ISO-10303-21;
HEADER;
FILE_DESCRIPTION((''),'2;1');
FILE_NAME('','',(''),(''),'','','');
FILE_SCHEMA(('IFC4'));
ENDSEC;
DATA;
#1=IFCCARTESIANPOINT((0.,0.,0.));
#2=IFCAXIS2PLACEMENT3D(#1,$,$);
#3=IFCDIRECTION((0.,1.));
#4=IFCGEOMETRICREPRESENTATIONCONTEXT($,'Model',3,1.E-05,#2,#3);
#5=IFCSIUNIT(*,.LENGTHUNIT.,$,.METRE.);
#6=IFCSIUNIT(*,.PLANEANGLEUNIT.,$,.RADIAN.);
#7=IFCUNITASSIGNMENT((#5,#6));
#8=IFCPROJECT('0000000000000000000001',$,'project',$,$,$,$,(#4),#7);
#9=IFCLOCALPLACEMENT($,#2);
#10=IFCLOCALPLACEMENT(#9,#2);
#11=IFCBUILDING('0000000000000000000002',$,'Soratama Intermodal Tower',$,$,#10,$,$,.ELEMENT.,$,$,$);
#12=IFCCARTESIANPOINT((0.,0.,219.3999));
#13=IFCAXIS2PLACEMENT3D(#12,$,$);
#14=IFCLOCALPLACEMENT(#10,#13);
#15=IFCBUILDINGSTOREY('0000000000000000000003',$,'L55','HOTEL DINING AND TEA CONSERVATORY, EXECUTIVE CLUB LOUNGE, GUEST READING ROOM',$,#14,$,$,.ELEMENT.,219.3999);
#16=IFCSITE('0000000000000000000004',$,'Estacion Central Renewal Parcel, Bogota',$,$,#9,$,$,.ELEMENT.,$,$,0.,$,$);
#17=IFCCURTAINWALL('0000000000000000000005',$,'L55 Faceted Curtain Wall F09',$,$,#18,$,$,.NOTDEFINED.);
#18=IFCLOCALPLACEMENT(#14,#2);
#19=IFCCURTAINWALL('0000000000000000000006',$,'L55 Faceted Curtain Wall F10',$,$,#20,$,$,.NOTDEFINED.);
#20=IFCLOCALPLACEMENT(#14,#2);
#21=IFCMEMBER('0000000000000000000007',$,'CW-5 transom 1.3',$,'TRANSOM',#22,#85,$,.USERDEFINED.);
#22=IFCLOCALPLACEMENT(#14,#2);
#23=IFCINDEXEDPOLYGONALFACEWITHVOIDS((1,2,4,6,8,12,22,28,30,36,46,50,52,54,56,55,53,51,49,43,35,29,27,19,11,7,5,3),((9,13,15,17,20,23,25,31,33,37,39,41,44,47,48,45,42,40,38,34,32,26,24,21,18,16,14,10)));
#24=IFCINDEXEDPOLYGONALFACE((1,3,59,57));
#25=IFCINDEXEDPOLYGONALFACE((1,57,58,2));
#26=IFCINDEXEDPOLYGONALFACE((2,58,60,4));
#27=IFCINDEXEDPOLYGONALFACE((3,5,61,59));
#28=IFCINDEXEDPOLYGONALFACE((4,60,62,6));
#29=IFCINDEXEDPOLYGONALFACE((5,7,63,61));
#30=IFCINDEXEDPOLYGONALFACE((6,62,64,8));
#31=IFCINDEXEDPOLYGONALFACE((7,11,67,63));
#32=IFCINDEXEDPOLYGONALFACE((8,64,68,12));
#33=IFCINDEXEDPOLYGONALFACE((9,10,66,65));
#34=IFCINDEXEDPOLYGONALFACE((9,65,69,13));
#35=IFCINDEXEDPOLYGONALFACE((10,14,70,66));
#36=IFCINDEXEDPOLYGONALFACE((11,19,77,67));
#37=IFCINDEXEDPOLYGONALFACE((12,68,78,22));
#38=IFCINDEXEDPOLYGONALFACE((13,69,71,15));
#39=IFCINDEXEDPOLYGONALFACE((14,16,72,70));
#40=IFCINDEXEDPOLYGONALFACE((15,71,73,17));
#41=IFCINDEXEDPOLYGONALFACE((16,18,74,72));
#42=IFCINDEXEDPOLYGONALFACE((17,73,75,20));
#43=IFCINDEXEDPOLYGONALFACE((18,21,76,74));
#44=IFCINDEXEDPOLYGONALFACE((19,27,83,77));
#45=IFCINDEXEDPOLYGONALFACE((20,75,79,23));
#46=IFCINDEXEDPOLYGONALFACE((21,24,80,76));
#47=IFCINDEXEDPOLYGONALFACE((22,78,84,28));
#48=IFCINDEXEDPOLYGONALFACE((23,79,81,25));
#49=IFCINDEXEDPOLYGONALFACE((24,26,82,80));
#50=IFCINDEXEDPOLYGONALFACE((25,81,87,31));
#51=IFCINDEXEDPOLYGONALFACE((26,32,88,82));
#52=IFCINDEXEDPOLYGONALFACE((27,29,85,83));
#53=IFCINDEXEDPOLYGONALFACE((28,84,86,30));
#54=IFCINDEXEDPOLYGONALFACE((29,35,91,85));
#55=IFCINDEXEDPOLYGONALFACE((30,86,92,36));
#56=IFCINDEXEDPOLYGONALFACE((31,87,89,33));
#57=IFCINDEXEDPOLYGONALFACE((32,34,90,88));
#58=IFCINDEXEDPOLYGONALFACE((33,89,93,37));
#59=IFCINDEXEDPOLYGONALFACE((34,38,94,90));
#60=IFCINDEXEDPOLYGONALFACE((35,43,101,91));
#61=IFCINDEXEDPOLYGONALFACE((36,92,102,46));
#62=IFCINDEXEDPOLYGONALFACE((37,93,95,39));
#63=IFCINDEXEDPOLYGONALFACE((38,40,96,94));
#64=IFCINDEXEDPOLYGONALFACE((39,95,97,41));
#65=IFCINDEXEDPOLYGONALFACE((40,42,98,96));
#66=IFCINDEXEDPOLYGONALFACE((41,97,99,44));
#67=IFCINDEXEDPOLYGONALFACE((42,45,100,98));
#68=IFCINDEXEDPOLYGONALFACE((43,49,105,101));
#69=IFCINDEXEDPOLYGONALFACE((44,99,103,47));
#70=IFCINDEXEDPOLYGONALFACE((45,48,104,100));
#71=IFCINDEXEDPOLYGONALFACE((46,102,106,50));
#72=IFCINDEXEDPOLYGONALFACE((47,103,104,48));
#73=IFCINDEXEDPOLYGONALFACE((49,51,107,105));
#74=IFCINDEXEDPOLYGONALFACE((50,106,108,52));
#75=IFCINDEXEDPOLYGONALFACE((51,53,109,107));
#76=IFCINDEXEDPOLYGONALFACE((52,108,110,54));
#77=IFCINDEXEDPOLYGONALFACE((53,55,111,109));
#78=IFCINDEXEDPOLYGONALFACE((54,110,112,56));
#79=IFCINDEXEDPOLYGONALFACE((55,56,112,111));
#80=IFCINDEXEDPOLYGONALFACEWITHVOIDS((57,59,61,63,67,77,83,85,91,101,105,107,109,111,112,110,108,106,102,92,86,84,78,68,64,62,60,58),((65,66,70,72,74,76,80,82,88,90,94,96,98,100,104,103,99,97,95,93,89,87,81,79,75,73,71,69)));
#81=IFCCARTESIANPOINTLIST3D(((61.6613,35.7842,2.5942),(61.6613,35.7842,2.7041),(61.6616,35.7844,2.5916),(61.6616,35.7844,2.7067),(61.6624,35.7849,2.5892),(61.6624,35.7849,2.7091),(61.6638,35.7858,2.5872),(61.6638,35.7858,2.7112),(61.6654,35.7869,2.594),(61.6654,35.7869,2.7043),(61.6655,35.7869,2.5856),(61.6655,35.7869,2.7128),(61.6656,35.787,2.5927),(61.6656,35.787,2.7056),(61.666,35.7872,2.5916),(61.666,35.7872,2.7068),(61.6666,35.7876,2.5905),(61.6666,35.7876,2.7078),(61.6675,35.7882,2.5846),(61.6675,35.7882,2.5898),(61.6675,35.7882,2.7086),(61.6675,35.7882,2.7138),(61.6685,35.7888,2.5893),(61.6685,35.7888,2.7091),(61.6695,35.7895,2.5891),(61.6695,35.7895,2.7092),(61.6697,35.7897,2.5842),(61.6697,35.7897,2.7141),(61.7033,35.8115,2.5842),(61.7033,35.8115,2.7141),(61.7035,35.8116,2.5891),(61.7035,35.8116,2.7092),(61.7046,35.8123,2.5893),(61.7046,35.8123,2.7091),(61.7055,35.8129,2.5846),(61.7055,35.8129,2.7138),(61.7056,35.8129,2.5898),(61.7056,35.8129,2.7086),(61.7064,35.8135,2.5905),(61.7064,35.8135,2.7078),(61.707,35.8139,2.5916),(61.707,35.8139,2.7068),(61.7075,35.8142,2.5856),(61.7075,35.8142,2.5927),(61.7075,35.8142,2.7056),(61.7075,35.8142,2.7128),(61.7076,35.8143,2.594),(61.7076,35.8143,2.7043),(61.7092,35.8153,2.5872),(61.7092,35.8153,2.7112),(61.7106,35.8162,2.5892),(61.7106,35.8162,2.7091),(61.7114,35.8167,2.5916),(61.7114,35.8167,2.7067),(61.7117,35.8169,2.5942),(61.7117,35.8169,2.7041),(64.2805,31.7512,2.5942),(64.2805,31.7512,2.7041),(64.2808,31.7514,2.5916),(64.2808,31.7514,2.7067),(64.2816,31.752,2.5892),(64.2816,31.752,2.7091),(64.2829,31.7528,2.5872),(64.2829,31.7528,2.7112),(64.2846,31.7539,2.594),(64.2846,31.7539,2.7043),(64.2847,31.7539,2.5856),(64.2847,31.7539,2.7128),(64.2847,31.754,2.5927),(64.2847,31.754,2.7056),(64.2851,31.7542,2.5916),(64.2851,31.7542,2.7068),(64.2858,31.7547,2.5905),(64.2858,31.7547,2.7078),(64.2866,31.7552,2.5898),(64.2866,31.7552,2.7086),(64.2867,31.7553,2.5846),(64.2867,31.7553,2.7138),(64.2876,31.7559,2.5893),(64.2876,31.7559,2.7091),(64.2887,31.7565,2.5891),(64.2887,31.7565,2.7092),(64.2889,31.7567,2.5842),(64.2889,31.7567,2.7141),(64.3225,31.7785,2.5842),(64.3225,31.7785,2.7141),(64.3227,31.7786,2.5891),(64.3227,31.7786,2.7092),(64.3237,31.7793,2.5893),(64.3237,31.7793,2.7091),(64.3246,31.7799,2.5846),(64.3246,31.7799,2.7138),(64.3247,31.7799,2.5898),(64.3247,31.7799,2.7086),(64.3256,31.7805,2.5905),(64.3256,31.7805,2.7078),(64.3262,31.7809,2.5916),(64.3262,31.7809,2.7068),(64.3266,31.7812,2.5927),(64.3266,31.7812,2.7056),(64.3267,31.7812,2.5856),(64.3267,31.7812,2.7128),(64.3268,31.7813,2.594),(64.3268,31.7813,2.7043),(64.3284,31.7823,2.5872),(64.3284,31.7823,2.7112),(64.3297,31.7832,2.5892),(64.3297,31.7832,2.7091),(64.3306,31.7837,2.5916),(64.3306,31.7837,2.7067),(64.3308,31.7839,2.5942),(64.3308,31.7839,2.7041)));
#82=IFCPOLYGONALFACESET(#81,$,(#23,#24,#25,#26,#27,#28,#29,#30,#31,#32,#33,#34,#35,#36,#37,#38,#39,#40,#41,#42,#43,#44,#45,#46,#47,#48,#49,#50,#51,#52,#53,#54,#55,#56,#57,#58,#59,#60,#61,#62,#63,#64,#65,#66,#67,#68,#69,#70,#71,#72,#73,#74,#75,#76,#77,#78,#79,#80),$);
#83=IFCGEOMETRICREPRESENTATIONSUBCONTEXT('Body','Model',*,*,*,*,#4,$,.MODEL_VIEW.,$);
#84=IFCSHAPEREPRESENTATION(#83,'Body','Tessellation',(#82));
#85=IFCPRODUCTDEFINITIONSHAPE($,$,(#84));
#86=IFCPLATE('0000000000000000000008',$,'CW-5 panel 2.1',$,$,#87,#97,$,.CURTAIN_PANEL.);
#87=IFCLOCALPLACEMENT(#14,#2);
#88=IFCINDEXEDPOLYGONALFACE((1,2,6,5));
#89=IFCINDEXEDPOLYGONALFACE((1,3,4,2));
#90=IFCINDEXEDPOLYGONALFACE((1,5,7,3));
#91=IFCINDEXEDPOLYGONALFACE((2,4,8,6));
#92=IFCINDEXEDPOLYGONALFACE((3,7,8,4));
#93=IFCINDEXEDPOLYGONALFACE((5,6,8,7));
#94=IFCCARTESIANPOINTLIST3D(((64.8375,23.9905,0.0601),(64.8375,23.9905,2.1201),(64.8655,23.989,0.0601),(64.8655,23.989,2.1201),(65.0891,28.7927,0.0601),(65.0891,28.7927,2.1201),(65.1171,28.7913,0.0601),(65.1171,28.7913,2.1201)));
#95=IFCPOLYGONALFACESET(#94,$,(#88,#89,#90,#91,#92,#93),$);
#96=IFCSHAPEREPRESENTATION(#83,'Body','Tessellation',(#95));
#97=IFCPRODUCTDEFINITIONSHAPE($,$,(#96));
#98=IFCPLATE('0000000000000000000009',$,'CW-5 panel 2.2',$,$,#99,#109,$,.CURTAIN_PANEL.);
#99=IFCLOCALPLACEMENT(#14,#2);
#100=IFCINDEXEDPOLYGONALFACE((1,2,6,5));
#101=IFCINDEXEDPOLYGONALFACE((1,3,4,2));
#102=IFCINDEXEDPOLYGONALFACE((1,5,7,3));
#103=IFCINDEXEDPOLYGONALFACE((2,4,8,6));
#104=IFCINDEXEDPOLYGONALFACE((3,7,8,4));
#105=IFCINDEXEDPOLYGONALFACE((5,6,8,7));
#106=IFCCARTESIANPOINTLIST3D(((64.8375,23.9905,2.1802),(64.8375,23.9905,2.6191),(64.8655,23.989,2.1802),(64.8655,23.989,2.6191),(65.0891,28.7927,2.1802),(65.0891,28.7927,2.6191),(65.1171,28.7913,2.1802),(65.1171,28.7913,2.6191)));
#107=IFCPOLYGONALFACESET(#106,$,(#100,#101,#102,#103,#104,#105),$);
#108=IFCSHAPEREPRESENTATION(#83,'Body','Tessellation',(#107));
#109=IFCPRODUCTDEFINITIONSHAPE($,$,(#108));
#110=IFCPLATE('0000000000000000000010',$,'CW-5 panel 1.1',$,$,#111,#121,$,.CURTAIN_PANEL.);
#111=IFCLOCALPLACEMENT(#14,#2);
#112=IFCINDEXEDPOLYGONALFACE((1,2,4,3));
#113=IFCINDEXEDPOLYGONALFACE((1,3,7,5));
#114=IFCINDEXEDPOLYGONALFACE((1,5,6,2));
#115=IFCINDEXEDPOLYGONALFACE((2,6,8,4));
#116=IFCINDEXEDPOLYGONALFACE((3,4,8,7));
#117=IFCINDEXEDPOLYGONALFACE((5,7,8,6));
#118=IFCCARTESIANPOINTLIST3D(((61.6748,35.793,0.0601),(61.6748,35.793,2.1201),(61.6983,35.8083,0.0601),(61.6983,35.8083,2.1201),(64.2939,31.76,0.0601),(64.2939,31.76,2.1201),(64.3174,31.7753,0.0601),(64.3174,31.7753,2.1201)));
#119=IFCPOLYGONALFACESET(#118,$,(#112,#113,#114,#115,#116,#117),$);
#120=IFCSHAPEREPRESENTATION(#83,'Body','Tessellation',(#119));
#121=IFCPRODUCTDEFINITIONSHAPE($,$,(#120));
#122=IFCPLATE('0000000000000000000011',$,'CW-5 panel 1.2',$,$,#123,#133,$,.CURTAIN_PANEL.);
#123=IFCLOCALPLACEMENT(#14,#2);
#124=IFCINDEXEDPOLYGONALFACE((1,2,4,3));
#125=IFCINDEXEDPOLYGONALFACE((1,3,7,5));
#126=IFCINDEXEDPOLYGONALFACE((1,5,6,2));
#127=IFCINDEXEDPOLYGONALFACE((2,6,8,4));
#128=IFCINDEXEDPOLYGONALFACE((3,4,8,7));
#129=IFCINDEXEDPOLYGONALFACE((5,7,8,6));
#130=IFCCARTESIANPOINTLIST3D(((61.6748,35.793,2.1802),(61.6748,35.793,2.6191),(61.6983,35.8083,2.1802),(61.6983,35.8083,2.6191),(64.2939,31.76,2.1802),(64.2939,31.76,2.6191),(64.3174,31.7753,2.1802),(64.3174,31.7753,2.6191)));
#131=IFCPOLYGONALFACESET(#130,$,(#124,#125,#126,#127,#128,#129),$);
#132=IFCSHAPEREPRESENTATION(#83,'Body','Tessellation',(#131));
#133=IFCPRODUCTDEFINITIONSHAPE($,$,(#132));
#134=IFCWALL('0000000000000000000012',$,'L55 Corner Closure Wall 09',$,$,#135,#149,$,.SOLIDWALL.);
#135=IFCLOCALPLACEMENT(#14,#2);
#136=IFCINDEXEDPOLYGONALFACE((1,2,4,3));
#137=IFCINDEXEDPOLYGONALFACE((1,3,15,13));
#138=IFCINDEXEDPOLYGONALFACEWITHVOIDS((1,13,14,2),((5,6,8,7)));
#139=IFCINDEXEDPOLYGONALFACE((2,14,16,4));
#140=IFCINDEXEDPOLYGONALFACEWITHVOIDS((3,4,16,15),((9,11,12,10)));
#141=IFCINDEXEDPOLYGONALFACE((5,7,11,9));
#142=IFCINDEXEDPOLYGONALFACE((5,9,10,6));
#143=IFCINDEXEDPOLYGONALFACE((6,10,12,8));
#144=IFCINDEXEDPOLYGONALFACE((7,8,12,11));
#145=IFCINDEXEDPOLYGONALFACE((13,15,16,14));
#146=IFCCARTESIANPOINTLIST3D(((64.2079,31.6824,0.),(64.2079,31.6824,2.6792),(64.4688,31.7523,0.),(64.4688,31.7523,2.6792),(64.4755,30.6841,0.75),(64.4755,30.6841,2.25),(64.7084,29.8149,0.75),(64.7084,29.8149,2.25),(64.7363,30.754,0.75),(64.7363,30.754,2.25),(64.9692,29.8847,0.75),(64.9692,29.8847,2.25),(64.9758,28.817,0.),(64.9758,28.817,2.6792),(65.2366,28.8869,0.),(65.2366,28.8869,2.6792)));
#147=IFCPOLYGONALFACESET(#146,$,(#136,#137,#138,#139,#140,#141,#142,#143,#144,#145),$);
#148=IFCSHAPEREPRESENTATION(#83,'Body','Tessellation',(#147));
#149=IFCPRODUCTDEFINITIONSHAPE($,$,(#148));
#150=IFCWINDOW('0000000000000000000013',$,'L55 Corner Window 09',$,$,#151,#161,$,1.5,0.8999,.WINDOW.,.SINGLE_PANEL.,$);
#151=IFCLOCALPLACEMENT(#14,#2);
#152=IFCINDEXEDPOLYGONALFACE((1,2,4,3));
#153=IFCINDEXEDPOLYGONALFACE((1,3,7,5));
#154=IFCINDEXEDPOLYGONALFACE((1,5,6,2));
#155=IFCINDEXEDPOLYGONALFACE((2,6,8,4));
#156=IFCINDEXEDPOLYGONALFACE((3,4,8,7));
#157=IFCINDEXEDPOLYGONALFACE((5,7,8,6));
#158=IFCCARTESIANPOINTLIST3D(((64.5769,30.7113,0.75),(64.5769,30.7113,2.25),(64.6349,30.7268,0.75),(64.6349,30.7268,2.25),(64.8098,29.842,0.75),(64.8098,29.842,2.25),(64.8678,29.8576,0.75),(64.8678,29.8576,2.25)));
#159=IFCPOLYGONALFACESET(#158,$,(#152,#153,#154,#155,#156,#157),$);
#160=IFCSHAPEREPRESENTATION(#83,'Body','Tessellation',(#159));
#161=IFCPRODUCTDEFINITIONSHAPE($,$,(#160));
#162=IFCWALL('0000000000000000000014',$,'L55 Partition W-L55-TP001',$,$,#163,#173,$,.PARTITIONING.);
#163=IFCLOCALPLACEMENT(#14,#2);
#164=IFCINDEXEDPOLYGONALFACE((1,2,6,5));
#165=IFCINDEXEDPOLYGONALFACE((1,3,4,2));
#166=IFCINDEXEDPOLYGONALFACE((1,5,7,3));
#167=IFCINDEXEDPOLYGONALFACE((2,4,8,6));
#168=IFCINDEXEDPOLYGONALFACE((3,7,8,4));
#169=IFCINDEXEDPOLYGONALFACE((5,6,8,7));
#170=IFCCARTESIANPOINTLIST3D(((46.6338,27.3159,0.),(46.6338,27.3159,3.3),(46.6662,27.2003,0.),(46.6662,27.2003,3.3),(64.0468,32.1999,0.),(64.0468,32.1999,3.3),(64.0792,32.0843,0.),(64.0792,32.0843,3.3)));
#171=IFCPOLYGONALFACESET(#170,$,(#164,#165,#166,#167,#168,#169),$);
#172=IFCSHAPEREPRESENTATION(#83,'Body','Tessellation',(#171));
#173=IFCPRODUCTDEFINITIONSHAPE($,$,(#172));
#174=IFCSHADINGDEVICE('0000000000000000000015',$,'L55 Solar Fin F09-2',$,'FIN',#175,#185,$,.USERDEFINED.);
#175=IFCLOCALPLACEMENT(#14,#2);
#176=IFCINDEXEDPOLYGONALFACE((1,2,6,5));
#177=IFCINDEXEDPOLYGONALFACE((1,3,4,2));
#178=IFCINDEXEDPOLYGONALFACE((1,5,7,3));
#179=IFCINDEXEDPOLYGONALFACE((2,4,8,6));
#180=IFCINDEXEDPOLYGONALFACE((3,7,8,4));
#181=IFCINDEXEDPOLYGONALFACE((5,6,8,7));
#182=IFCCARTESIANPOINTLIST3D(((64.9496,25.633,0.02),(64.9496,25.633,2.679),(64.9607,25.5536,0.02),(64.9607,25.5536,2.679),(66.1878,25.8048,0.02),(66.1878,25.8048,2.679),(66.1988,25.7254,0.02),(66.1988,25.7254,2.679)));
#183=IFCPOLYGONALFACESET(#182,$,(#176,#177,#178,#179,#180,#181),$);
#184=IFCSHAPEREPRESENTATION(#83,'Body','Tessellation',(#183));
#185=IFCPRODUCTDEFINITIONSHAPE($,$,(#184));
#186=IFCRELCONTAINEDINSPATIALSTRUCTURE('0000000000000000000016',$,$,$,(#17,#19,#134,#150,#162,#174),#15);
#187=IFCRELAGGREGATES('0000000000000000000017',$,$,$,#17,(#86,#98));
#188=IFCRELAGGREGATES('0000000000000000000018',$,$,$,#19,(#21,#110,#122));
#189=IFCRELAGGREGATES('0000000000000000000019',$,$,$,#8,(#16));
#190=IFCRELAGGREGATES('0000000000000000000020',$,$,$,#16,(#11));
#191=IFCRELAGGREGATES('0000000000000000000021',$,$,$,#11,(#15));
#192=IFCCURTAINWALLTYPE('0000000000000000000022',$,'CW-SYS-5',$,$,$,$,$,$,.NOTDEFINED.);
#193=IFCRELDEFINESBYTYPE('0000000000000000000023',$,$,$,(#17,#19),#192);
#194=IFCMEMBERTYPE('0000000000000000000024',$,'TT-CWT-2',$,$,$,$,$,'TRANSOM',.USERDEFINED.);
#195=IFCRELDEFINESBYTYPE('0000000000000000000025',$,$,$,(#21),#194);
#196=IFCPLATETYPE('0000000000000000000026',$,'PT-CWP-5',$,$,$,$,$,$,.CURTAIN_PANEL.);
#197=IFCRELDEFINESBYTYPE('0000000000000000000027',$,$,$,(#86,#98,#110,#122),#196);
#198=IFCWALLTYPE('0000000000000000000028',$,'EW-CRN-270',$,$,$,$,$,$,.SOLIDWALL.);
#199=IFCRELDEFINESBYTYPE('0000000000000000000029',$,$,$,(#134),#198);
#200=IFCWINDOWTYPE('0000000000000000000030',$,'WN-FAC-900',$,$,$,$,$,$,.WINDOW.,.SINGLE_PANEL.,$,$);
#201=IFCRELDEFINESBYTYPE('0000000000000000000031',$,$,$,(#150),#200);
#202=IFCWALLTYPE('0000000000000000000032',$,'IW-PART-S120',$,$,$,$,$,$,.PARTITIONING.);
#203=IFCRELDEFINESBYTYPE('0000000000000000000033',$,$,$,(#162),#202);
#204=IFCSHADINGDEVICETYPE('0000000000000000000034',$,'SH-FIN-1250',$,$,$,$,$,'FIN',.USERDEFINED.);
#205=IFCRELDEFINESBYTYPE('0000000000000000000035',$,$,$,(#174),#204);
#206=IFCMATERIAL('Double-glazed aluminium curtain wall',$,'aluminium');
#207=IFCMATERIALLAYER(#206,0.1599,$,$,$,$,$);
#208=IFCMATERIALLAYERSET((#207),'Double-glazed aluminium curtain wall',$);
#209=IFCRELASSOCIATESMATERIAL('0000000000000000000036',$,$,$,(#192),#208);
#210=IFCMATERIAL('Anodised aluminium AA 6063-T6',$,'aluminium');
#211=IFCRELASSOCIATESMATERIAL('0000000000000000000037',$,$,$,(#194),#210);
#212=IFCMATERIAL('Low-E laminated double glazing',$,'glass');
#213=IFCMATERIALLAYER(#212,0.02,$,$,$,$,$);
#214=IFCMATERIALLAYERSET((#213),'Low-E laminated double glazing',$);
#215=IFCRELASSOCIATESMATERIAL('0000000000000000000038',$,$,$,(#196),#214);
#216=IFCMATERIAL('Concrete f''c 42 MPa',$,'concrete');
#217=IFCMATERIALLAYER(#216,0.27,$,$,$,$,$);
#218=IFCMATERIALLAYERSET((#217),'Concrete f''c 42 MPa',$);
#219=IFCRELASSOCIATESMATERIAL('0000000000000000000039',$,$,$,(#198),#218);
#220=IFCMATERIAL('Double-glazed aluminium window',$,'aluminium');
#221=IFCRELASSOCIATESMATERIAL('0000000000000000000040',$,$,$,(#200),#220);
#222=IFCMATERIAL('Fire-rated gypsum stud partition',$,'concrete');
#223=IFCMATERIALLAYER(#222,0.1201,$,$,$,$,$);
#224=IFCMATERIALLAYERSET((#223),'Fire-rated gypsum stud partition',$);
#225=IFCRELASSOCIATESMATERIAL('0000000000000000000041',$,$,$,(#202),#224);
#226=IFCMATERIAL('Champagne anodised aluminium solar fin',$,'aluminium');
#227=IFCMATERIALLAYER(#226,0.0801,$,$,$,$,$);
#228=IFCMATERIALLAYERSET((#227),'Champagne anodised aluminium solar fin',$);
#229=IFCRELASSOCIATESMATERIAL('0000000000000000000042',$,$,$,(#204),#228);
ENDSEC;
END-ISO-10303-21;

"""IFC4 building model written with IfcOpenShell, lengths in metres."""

from ifc_helpers import new_model, si_unit, direction, frame, frame_2d, origin, origin_2d, place, context, subcontext, project, spatial, rectangle, hollow_rectangle, extrude, material, layer, layer_set, material_profile, profile_set, type_object, element, fill, aggregate, save


model = new_model("IFC4")

# Units and contexts
model_context = context("Model", 3, precision=1e-05, world=origin(), true_north=direction((0.0, 1.0)))
body_context = subcontext(model_context, "Body", "Model", "MODEL_VIEW")
ifc_project = project(units=[si_unit("LENGTHUNIT", "METRE"), si_unit("PLANEANGLEUNIT", "RADIAN")], contexts=[model_context])

# Site, building, storey
site_placement = place(None, origin())
site = spatial("IfcSite", under=ifc_project, at=site_placement, Name="Estacion Central Renewal Parcel, Bogota", CompositionType="ELEMENT", RefElevation=0.0)
building_placement = place(site_placement, origin())
building = spatial("IfcBuilding", under=site, at=building_placement, Name="Soratama Intermodal Tower", CompositionType="ELEMENT")
storey_placement = place(building_placement, frame((0.0, 0.0, 219.3999)))
storey = spatial("IfcBuildingStorey", under=building, at=storey_placement, Name="L55", Description="HOTEL DINING AND TEA CONSERVATORY, EXECUTIVE CLUB LOUNGE, GUEST READING ROOM", CompositionType="ELEMENT", Elevation=219.3999)

# Curtain wall
ifc_material_1 = material(Name="Double-glazed aluminium curtain wall", Category="aluminium")
ifc_layer_1 = layer(ifc_material_1, 0.1599)
ifc_layer_set_1 = layer_set([ifc_layer_1], Name="Double-glazed aluminium curtain wall")
curtain_wall_type = type_object("IfcCurtainWallType", Name="CW-SYS-5", PredefinedType="NOTDEFINED", material=ifc_layer_set_1)
curtain_wall_1_placement = place(storey_placement, origin())
curtain_wall_1 = element("IfcCurtainWall", 1, at=curtain_wall_1_placement, inside=storey, type_object=curtain_wall_type, Name="L55 Faceted Curtain Wall F09", PredefinedType="NOTDEFINED")

# Curtain wall, member
curtain_wall_2_placement = place(storey_placement, origin())
curtain_wall_2 = element("IfcCurtainWall", 2, at=curtain_wall_2_placement, inside=storey, type_object=curtain_wall_type, Name="L55 Faceted Curtain Wall F10", PredefinedType="NOTDEFINED")
ifc_material_2 = material(Name="Anodised aluminium AA 6063-T6", Category="aluminium")
ifc_material_profile_1 = material_profile(ifc_material_2, hollow_rectangle(XDim=0.0601, YDim=0.1299, WallThickness=0.0049, InnerFilletRadius=0.0049, OuterFilletRadius=0.01, at=origin_2d()), Name="CWT130X60X5")
ifc_profile_set_1 = profile_set([ifc_material_profile_1], Name="Anodised aluminium AA 6063-T6")
member_type_1 = type_object("IfcMemberType", Name="TT-CWT-2", ElementType="TRANSOM", PredefinedType="USERDEFINED", material=ifc_profile_set_1)
member_1_placement = place(storey_placement, frame((64.3057, 31.7676, 2.6492), z_axis=(-0.544655, 0.83866, 0.0), x_axis=(-0.83866, -0.544655, 0.0)))
member_1 = element("IfcMember", 3, at=member_1_placement, type_object=member_type_1, Name="CW-5 transom 1.3", ObjectType="TRANSOM", PredefinedType="USERDEFINED", context=body_context, shape_type="SweptSolid", body=[
    extrude(hollow_rectangle(XDim=0.0601, YDim=0.1299, WallThickness=0.0049, InnerFilletRadius=0.0049, OuterFilletRadius=0.01, at=origin_2d()), origin(), (0.0, 0.0, 1.0), 4.8088),
])

# Plates
ifc_material_3 = material(Name="Low-E laminated double glazing", Category="glass")
ifc_layer_2 = layer(ifc_material_3, 0.02)
ifc_layer_set_2 = layer_set([ifc_layer_2], Name="Low-E laminated double glazing")
plate_type = type_object("IfcPlateType", Name="PT-CWP-5", PredefinedType="CURTAIN_PANEL", material=ifc_layer_set_2)
plate_1_placement = place(storey_placement, frame((64.9773, 26.3909, 0.0601), z_axis=(0.0, 0.0, 1.0), x_axis=(0.052329, 0.99863, 0.0)))
plate_1 = element("IfcPlate", 4, at=plate_1_placement, type_object=plate_type, Name="CW-5 panel 2.1", PredefinedType="CURTAIN_PANEL", context=body_context, shape_type="SweptSolid", body=[
    extrude(rectangle(XDim=4.8088, YDim=0.0281, at=origin_2d()), origin(), (0.0, 0.0, 1.0), 2.0601),
])
plate_2_placement = place(storey_placement, frame((64.9773, 26.3909, 2.1802), z_axis=(0.0, 0.0, 1.0), x_axis=(0.052329, 0.99863, 0.0)))
plate_2 = element("IfcPlate", 5, at=plate_2_placement, type_object=plate_type, Name="CW-5 panel 2.2", PredefinedType="CURTAIN_PANEL", context=body_context, shape_type="SweptSolid", body=[
    extrude(rectangle(XDim=4.8088, YDim=0.0281, at=origin_2d()), origin(), (0.0, 0.0, 1.0), 0.439),
])
aggregate(curtain_wall_1, [plate_1, plate_2])
plate_3_placement = place(storey_placement, frame((62.9961, 33.7842, 0.0601), z_axis=(0.0, 0.0, 1.0), x_axis=(-0.54464, 0.83867, 0.0)))
plate_3 = element("IfcPlate", 6, at=plate_3_placement, type_object=plate_type, Name="CW-5 panel 1.1", PredefinedType="CURTAIN_PANEL", context=body_context, shape_type="SweptSolid", body=[
    extrude(rectangle(XDim=4.8088, YDim=0.0281, at=origin_2d()), origin(), (0.0, 0.0, 1.0), 2.0601),
])
plate_4_placement = place(storey_placement, frame((62.9961, 33.7842, 2.1802), z_axis=(0.0, 0.0, 1.0), x_axis=(-0.54464, 0.83867, 0.0)))
plate_4 = element("IfcPlate", 7, at=plate_4_placement, type_object=plate_type, Name="CW-5 panel 1.2", PredefinedType="CURTAIN_PANEL", context=body_context, shape_type="SweptSolid", body=[
    extrude(rectangle(XDim=4.8088, YDim=0.0281, at=origin_2d()), origin(), (0.0, 0.0, 1.0), 0.439),
])
aggregate(curtain_wall_2, [member_1, plate_3, plate_4])

# Wall, opening, window
ifc_material_4 = material(Name="Concrete f'c 42 MPa", Category="concrete")
ifc_layer_3 = layer(ifc_material_4, 0.27)
ifc_layer_set_3 = layer_set([ifc_layer_3], Name="Concrete f'c 42 MPa")
wall_type_1 = type_object("IfcWallType", Name="EW-CRN-270", PredefinedType="SOLIDWALL", material=ifc_layer_set_3)
wall_1_placement = place(storey_placement, frame((65.1062, 28.8518, 0.0), z_axis=(0.0, 0.0, 1.0), x_axis=(-0.258825, 0.965924, 0.0)))
wall_1 = element("IfcWall", 8, at=wall_1_placement, inside=storey, type_object=wall_type_1, Name="L55 Corner Closure Wall 09", PredefinedType="SOLIDWALL", context=body_context, shape_type="SweptSolid", body=[
    extrude(rectangle(XDim=2.9666, YDim=0.27, at=frame_2d((1.4834, 0.0))), origin(), (0.0, 0.0, 1.0), 2.6792),
])
opening_placement = place(wall_1_placement, frame((1.0332, 0.0, 0.75)))
opening = element("IfcOpeningElement", 9, at=opening_placement, cuts=wall_1, PredefinedType="OPENING", context=body_context, shape_type="SweptSolid", body=[
    extrude(rectangle(XDim=0.8999, YDim=1.5, at=frame_2d((0.45, 0.75))), frame((0.0, 0.145, 0.0), z_axis=(0.0, -1.0, 0.0), x_axis=(1.0, 0.0, 0.0)), (0.0, 0.0, 1.0), 0.29),
])
ifc_material_5 = material(Name="Double-glazed aluminium window", Category="aluminium")
window_type = type_object("IfcWindowType", Name="WN-FAC-900", PartitioningType="SINGLE_PANEL", PredefinedType="WINDOW", material=ifc_material_5)
window_placement = place(opening_placement, origin())
window = element("IfcWindow", 10, at=window_placement, inside=storey, type_object=window_type, Name="L55 Corner Window 09", OverallHeight=1.5, OverallWidth=0.8999, PartitioningType="SINGLE_PANEL", PredefinedType="WINDOW", context=body_context, shape_type="SweptSolid", body=[
    extrude(rectangle(XDim=0.8999, YDim=1.5, at=frame_2d((0.45, 0.75))), frame((0.0, 0.03, 0.0), z_axis=(0.0, -1.0, 0.0), x_axis=(1.0, 0.0, 0.0)), (0.0, 0.0, 1.0), 0.0601),
])
fill(opening, window)

# Wall
ifc_material_6 = material(Name="Fire-rated gypsum stud partition", Category="concrete")
ifc_layer_4 = layer(ifc_material_6, 0.1201)
ifc_layer_set_4 = layer_set([ifc_layer_4], Name="Fire-rated gypsum stud partition")
wall_type_2 = type_object("IfcWallType", Name="IW-PART-S120", PredefinedType="PARTITIONING", material=ifc_layer_set_4)
wall_2_placement = place(storey_placement, frame((64.063, 32.1421, 0.0), z_axis=(0.0, 0.0, 1.0), x_axis=(-0.962844, -0.270059, 0.0)))
element("IfcWall", 11, at=wall_2_placement, inside=storey, type_object=wall_type_2, Name="L55 Partition W-L55-TP001", PredefinedType="PARTITIONING", context=body_context, shape_type="SweptSolid", body=[
    extrude(rectangle(XDim=18.085, YDim=0.1201, at=frame_2d((9.0425, 0.0))), origin(), (0.0, 0.0, 1.0), 3.3),
])

# Shading device
ifc_material_7 = material(Name="Champagne anodised aluminium solar fin", Category="aluminium")
ifc_layer_5 = layer(ifc_material_7, 0.0801)
ifc_layer_set_5 = layer_set([ifc_layer_5], Name="Champagne anodised aluminium solar fin")
shading_device_type = type_object("IfcShadingDeviceType", Name="SH-FIN-1250", ElementType="FIN", PredefinedType="USERDEFINED", material=ifc_layer_set_5)
for number, where, z_axis, x_axis, name in (
    (12, (65.5742, 25.6792, 0.02), (0.0, 0.0, 1.0), (0.990509, 0.137445, 0.0), "L55 Solar Fin F09-2"),
):
    element("IfcShadingDevice", number, at=place(storey_placement, frame(where, z_axis=z_axis, x_axis=x_axis)), inside=storey, type_object=shading_device_type, Name=name, ObjectType="FIN", PredefinedType="USERDEFINED", context=body_context, shape_type="SweptSolid", body=[
        extrude(rectangle(XDim=1.25, YDim=0.0801, at=origin_2d()), origin(), (0.0, 0.0, 1.0), 2.6589),
    ])

save(model, "model.ifc")
